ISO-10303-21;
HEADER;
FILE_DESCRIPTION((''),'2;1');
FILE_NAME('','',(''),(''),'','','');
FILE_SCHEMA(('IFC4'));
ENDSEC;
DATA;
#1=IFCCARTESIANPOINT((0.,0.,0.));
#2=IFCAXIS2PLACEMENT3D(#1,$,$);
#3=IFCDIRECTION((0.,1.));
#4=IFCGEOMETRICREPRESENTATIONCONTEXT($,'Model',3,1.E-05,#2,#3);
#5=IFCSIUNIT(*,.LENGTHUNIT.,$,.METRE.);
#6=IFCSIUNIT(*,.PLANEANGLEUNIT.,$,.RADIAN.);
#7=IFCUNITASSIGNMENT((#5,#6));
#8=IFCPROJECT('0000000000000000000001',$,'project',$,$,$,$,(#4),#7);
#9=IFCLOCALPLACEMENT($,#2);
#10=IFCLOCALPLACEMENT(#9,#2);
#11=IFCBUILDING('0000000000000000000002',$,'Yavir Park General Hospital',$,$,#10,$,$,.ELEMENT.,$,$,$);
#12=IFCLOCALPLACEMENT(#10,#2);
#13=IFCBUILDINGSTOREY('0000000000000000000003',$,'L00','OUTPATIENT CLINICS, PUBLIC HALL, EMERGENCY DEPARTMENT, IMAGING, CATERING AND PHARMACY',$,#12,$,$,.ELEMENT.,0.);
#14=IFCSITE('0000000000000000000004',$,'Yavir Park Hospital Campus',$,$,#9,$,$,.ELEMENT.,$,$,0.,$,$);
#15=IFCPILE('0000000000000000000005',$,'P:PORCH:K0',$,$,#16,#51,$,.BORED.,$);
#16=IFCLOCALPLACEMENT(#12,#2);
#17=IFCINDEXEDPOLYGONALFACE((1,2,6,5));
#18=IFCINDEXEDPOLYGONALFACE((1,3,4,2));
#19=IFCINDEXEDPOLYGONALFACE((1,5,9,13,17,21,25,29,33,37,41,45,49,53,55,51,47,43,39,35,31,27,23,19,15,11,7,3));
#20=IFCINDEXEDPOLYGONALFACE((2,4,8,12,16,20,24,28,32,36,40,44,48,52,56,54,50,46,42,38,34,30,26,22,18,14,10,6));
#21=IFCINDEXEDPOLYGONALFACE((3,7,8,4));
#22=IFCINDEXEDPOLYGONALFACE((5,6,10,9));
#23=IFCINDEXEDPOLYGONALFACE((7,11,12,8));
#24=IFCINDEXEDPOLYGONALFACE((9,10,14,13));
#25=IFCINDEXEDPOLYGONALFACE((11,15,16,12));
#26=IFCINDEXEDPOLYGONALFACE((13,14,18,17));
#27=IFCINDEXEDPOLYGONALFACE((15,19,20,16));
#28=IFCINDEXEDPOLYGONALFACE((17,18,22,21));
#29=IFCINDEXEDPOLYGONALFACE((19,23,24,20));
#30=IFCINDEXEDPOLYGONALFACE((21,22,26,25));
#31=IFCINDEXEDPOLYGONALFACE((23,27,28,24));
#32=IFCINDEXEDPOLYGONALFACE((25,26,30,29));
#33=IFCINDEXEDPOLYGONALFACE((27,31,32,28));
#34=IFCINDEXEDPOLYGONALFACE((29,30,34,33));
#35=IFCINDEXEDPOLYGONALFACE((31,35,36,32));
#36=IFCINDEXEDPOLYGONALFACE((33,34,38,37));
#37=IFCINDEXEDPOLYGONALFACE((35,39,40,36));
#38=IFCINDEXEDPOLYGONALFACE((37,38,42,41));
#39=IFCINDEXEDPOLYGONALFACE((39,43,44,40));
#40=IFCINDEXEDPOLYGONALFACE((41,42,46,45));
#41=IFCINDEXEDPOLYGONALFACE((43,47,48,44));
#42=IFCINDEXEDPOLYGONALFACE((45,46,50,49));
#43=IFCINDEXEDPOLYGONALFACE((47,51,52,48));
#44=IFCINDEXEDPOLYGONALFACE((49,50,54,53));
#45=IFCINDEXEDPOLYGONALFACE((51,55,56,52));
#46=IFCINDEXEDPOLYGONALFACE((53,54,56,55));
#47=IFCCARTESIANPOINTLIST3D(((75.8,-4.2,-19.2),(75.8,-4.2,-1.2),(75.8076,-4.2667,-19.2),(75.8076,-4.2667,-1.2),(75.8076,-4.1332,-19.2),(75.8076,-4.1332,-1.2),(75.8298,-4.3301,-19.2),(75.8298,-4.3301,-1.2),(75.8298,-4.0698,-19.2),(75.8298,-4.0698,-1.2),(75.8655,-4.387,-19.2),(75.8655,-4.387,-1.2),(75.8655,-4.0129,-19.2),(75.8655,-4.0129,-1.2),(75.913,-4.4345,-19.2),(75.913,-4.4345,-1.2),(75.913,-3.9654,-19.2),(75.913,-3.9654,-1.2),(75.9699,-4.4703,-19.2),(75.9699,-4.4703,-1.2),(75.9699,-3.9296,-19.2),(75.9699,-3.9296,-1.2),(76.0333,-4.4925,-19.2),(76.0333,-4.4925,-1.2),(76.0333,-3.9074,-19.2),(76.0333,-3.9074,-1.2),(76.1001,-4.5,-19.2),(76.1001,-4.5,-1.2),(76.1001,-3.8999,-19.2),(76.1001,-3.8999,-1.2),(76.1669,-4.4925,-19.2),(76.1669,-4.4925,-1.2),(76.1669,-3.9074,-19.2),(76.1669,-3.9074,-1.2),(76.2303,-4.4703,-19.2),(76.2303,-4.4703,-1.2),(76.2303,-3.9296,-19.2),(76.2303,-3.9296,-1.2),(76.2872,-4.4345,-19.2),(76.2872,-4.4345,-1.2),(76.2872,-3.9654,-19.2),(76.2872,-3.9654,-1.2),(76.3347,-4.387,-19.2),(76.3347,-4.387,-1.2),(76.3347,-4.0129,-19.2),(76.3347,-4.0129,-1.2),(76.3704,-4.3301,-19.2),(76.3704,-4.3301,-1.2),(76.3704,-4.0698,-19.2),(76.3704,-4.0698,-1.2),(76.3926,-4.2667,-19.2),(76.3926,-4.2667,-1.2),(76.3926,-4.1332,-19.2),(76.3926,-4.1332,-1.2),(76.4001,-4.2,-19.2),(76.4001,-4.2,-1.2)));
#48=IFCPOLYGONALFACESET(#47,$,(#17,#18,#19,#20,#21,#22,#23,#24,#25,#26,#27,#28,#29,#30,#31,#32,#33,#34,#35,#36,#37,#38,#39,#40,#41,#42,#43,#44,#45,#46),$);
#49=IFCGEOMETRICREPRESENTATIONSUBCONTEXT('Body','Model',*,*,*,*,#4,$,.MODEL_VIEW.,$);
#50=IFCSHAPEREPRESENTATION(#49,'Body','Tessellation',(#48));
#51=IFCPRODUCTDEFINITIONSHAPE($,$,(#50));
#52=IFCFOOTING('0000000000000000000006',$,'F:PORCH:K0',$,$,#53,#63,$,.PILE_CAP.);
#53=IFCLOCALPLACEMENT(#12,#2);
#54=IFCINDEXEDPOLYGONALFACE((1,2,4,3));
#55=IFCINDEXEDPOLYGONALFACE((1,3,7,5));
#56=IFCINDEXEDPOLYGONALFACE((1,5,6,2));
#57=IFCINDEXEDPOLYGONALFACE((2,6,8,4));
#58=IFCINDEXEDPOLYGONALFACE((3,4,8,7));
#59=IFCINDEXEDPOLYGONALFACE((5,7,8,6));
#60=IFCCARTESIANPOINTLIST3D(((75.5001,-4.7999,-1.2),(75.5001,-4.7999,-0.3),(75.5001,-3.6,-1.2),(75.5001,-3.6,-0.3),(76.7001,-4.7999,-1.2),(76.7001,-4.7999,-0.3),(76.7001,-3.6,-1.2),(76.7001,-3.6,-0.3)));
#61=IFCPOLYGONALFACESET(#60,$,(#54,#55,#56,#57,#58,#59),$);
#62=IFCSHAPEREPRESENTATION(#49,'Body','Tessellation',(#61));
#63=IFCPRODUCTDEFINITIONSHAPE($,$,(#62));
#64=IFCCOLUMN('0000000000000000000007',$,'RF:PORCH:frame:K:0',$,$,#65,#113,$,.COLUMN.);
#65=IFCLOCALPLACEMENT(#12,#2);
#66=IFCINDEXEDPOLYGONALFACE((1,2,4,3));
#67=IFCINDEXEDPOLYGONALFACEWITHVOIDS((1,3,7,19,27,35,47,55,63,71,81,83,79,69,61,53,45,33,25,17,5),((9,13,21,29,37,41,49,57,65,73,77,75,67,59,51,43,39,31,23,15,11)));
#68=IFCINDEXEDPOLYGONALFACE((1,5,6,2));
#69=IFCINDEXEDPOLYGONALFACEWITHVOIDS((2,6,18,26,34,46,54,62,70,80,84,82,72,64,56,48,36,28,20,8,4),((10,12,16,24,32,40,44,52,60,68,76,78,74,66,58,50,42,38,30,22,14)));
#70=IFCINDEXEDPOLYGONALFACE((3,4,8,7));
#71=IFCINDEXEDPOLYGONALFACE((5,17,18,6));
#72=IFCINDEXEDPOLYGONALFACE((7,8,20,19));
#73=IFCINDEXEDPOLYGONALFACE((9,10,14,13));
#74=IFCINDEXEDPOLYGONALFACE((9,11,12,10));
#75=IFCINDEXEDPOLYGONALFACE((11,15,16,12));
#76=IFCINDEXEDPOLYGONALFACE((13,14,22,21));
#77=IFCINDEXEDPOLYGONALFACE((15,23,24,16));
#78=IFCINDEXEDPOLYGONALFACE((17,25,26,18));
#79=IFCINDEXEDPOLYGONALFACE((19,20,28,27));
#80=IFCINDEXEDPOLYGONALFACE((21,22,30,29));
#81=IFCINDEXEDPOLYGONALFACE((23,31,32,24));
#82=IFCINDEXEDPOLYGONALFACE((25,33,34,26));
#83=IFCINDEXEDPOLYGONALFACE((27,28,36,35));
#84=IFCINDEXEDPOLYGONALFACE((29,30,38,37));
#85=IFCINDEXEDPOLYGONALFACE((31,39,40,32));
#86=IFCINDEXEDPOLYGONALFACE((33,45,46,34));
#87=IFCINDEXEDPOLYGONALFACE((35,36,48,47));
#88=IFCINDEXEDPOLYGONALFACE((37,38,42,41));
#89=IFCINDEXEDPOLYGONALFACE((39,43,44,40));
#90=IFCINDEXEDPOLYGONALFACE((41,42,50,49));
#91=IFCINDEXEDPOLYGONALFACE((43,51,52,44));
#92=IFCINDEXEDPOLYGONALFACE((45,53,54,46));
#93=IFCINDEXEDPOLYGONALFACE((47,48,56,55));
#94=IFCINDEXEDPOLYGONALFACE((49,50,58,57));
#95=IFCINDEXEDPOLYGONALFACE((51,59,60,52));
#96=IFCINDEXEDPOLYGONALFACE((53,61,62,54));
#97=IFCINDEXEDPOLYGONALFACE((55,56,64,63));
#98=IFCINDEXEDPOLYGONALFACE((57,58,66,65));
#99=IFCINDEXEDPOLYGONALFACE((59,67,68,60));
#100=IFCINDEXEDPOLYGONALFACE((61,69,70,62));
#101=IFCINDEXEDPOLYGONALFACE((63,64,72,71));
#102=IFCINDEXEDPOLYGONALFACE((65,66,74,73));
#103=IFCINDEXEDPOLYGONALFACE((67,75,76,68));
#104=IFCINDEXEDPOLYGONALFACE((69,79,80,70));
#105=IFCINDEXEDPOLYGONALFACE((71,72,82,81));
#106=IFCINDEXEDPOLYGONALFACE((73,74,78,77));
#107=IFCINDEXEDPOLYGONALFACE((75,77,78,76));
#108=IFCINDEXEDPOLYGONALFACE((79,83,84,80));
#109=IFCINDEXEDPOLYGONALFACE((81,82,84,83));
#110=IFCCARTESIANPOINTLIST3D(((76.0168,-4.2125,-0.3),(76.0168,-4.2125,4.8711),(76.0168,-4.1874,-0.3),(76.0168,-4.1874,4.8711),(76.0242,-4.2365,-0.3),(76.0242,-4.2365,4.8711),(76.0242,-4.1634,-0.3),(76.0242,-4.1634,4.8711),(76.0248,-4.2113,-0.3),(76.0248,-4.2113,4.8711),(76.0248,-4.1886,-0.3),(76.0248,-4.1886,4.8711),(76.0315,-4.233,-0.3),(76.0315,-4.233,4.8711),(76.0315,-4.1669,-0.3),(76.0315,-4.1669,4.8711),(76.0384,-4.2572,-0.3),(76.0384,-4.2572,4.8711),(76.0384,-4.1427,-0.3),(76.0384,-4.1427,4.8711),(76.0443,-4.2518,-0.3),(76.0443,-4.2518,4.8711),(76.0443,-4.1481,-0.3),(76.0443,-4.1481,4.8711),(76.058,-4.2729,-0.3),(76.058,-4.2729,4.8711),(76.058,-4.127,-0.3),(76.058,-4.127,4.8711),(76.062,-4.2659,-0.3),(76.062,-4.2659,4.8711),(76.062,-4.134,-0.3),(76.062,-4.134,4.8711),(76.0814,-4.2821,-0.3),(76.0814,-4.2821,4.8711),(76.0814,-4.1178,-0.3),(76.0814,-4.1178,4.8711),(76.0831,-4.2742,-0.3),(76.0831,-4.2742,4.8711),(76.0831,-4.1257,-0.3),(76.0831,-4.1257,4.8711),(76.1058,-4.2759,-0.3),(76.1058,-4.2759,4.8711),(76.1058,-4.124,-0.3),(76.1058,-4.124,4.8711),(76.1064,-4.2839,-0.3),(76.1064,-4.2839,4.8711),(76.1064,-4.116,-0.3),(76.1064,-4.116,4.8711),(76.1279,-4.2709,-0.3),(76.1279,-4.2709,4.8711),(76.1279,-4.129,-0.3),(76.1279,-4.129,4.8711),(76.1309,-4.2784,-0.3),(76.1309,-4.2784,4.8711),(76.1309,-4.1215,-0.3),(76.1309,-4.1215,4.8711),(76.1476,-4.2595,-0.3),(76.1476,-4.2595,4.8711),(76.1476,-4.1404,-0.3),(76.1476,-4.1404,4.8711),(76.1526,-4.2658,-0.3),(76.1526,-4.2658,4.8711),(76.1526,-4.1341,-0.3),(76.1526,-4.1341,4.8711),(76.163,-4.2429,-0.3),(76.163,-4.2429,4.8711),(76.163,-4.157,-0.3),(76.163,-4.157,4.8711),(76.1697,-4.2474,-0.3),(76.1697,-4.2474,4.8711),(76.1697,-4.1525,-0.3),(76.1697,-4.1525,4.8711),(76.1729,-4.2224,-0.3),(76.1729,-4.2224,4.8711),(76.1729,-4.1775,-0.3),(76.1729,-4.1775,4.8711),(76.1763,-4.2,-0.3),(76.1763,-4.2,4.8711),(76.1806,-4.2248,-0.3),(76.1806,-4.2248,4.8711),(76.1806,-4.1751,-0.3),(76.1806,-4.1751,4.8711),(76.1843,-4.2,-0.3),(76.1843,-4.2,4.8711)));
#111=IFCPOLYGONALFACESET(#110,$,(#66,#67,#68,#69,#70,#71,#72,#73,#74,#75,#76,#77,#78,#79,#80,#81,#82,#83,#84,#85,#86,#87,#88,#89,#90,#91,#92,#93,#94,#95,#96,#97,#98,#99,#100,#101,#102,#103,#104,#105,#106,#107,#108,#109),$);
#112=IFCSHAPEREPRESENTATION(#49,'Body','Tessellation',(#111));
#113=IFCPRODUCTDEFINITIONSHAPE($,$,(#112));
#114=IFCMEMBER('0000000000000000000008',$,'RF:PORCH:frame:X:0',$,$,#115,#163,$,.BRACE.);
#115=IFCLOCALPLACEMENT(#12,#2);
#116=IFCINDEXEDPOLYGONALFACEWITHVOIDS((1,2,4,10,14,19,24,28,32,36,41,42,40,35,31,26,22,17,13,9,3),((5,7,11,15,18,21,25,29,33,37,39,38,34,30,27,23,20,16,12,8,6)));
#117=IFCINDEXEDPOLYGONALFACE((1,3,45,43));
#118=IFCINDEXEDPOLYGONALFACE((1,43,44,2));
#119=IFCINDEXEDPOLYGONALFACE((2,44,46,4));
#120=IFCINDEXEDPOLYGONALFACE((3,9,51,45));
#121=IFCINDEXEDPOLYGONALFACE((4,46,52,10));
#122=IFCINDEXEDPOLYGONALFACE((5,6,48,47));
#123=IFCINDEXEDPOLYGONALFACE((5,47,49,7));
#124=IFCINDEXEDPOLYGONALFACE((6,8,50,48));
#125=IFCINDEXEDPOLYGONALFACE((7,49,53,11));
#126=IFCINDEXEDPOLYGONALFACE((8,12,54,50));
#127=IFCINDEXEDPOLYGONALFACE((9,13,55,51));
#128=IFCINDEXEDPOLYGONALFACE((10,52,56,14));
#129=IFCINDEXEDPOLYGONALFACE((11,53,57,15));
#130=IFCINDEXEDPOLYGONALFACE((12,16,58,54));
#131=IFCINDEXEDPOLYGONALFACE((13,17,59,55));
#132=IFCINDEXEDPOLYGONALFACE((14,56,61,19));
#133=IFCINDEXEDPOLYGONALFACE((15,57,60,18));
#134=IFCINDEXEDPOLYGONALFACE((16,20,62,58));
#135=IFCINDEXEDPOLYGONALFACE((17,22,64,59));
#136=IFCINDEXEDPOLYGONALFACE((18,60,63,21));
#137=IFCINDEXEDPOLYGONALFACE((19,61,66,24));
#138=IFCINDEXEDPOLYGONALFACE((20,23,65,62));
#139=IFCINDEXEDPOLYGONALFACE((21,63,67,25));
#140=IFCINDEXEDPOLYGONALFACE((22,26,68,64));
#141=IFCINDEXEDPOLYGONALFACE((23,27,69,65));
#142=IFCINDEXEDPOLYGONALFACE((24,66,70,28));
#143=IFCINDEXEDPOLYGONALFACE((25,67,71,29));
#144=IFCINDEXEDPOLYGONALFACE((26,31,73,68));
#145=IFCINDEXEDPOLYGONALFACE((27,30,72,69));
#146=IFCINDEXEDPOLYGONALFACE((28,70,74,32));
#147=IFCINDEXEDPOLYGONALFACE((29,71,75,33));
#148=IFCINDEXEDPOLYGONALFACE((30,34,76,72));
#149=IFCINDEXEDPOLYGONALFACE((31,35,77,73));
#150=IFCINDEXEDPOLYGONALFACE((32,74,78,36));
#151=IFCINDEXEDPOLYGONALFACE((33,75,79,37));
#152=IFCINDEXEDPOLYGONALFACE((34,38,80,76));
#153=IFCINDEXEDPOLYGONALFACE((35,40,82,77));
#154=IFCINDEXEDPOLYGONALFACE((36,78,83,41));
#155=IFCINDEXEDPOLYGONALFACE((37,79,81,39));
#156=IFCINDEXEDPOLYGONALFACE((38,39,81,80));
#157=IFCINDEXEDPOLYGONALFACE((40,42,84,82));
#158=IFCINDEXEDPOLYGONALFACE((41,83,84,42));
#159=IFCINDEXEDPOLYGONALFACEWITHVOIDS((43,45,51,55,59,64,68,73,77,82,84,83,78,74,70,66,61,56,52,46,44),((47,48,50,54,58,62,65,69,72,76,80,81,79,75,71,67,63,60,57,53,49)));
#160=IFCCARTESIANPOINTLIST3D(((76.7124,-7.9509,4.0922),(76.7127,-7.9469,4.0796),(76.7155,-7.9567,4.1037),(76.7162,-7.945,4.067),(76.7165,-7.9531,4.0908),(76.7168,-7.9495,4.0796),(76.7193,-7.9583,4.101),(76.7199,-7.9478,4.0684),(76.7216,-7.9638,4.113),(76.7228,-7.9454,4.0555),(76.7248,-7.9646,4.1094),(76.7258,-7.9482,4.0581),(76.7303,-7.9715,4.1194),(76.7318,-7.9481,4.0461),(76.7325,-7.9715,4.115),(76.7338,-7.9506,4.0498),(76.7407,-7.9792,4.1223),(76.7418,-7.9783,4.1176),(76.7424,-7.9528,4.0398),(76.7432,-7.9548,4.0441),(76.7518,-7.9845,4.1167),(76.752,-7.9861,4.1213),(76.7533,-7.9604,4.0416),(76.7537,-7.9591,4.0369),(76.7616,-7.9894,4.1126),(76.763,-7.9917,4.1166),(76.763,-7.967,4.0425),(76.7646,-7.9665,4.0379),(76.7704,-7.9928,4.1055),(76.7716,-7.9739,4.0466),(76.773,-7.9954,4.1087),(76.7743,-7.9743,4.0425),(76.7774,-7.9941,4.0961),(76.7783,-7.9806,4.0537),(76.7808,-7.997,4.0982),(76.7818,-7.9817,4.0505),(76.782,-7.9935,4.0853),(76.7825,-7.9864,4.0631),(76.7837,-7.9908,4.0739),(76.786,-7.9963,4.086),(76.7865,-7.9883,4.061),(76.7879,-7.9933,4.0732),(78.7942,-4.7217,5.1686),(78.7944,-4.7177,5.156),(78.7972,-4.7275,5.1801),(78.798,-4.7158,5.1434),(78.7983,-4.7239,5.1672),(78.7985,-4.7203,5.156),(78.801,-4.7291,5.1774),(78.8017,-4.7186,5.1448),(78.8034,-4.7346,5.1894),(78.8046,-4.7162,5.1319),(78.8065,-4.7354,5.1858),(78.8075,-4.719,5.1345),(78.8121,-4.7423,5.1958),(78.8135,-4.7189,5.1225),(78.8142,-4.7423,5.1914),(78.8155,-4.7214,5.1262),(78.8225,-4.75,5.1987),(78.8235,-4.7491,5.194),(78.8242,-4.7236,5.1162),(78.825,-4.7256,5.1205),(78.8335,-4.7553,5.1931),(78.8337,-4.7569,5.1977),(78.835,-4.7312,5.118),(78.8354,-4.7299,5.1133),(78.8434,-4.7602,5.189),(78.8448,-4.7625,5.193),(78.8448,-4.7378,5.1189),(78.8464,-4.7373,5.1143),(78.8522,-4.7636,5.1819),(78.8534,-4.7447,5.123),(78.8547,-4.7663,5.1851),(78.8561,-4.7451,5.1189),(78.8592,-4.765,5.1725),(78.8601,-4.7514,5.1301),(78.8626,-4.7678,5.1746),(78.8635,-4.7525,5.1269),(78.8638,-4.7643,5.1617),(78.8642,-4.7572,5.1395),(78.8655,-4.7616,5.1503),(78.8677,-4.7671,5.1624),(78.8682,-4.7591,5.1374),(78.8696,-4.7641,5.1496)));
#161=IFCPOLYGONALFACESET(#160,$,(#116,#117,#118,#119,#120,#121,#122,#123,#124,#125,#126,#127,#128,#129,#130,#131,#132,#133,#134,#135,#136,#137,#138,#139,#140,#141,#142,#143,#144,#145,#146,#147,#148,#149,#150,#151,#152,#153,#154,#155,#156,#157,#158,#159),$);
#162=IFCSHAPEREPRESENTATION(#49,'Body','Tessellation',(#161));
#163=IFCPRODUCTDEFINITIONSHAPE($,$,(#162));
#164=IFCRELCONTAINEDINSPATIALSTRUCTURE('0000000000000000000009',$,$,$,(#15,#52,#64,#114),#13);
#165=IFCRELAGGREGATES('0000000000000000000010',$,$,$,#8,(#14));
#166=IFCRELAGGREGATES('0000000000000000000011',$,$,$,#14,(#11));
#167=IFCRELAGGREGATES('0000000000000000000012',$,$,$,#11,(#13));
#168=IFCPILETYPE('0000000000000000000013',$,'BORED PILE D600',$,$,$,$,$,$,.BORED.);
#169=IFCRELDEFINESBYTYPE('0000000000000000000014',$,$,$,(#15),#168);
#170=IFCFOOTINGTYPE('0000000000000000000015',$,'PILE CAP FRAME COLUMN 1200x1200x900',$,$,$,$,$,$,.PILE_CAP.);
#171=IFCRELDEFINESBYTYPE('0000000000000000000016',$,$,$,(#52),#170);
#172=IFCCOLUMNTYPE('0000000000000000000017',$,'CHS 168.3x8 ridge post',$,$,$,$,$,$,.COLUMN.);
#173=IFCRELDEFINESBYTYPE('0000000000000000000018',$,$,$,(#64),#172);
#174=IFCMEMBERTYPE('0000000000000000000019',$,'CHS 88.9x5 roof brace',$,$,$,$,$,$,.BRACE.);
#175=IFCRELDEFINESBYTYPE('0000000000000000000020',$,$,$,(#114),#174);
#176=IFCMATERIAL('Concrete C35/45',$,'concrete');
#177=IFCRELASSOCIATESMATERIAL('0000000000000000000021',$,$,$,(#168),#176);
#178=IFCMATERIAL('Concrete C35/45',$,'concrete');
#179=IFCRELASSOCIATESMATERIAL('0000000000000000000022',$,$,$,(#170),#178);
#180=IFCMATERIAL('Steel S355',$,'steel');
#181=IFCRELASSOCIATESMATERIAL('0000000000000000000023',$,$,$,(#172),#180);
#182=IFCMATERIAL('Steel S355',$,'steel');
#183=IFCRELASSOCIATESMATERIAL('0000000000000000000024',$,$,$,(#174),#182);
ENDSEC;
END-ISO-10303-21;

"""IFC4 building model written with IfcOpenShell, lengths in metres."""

from ifc_helpers import new_model, si_unit, direction, frame, origin, origin_2d, place, context, subcontext, project, spatial, rectangle, circle, hollow_circle, extrude, material, material_profile, profile_set, type_object, element, save


model = new_model("IFC4")

# Units and contexts
model_context = context("Model", 3, precision=1e-05, world=origin(), true_north=direction((0.0, 1.0)))
body_context = subcontext(model_context, "Body", "Model", "MODEL_VIEW")
ifc_project = project(units=[si_unit("LENGTHUNIT", "METRE"), si_unit("PLANEANGLEUNIT", "RADIAN")], contexts=[model_context])

# Site, building, storey
site_placement = place(None, origin())
site = spatial("IfcSite", under=ifc_project, at=site_placement, Name="Yavir Park Hospital Campus", CompositionType="ELEMENT", RefElevation=0.0)
building_placement = place(site_placement, origin())
building = spatial("IfcBuilding", under=site, at=building_placement, Name="Yavir Park General Hospital", CompositionType="ELEMENT")
storey_placement = place(building_placement, origin())
storey = spatial("IfcBuildingStorey", under=building, at=storey_placement, Name="L00", Description="OUTPATIENT CLINICS, PUBLIC HALL, EMERGENCY DEPARTMENT, IMAGING, CATERING AND PHARMACY", CompositionType="ELEMENT", Elevation=0.0)

# Pile
ifc_material_1 = material(Name="Concrete C35/45", Category="concrete")
ifc_material_profile_1 = material_profile(ifc_material_1, circle(Radius=0.3, at=origin_2d()), Name="D600")
ifc_profile_set_1 = profile_set([ifc_material_profile_1], Name="Concrete C35/45")
pile_type = type_object("IfcPileType", Name="BORED PILE D600", PredefinedType="BORED", material=ifc_profile_set_1)
pile_placement = place(storey_placement, frame((76.1001, -4.2, -1.2), z_axis=(0.0, 0.0, -1.0), x_axis=(1.0, 0.0, 0.0)))
element("IfcPile", 1, at=pile_placement, inside=storey, type_object=pile_type, Name="P:PORCH:K0", PredefinedType="BORED", context=body_context, shape_type="SweptSolid", body=[
    extrude(circle(Radius=0.3, at=origin_2d()), origin(), (0.0, 0.0, 1.0), 18.0),
])

# Footing
ifc_material_2 = material(Name="Concrete C35/45", Category="concrete")
footing_type = type_object("IfcFootingType", Name="PILE CAP FRAME COLUMN 1200x1200x900", PredefinedType="PILE_CAP", material=ifc_material_2)
footing_placement = place(storey_placement, frame((76.1001, -4.2, -1.2), z_axis=(0.0, 0.0, 1.0), x_axis=(1.0, 0.0, 0.0)))
element("IfcFooting", 2, at=footing_placement, inside=storey, type_object=footing_type, Name="F:PORCH:K0", PredefinedType="PILE_CAP", context=body_context, shape_type="SweptSolid", body=[
    extrude(rectangle(XDim=1.2, YDim=1.2, at=origin_2d()), origin(), (0.0, 0.0, 1.0), 0.8999),
])

# Column
ifc_material_3 = material(Name="Steel S355", Category="steel")
ifc_material_profile_2 = material_profile(ifc_material_3, hollow_circle(Radius=0.0842, WallThickness=0.0081, at=origin_2d()), Name="CHS168.3x8")
ifc_profile_set_2 = profile_set([ifc_material_profile_2], Name="Steel S355")
column_type = type_object("IfcColumnType", Name="CHS 168.3x8 ridge post", PredefinedType="COLUMN", material=ifc_profile_set_2)
column_placement = place(storey_placement, frame((76.1001, -4.2, -0.3), z_axis=(0.0, 0.0, 1.0), x_axis=(1.0, 0.0, 0.0)))
element("IfcColumn", 3, at=column_placement, inside=storey, type_object=column_type, Name="RF:PORCH:frame:K:0", PredefinedType="COLUMN", context=body_context, shape_type="SweptSolid", body=[
    extrude(hollow_circle(Radius=0.0842, WallThickness=0.0081, at=origin_2d()), origin(), (0.0, 0.0, 1.0), 5.1711),
])

# Member
ifc_material_4 = material(Name="Steel S355", Category="steel")
ifc_material_profile_3 = material_profile(ifc_material_4, hollow_circle(Radius=0.0444, WallThickness=0.0049, at=origin_2d()), Name="CHS88.9x5")
ifc_profile_set_3 = profile_set([ifc_material_profile_3], Name="Steel S355")
member_type_1 = type_object("IfcMemberType", Name="CHS 88.9x5 roof brace", PredefinedType="BRACE", material=ifc_profile_set_3)
member_1_placement = place(storey_placement, frame((76.75, -7.9709, 4.0796), z_axis=(0.521744, 0.809324, 0.269775), x_axis=(-0.840486, 0.541833, 0.0)))
element("IfcMember", 4, at=member_1_placement, inside=storey, type_object=member_type_1, Name="RF:PORCH:frame:X:0", PredefinedType="BRACE", context=body_context, shape_type="SweptSolid", body=[
    extrude(hollow_circle(Radius=0.0444, WallThickness=0.0049, at=origin_2d()), origin(), (0.0, 0.0, 1.0), 3.99),
])

save(model, "model.ifc")
